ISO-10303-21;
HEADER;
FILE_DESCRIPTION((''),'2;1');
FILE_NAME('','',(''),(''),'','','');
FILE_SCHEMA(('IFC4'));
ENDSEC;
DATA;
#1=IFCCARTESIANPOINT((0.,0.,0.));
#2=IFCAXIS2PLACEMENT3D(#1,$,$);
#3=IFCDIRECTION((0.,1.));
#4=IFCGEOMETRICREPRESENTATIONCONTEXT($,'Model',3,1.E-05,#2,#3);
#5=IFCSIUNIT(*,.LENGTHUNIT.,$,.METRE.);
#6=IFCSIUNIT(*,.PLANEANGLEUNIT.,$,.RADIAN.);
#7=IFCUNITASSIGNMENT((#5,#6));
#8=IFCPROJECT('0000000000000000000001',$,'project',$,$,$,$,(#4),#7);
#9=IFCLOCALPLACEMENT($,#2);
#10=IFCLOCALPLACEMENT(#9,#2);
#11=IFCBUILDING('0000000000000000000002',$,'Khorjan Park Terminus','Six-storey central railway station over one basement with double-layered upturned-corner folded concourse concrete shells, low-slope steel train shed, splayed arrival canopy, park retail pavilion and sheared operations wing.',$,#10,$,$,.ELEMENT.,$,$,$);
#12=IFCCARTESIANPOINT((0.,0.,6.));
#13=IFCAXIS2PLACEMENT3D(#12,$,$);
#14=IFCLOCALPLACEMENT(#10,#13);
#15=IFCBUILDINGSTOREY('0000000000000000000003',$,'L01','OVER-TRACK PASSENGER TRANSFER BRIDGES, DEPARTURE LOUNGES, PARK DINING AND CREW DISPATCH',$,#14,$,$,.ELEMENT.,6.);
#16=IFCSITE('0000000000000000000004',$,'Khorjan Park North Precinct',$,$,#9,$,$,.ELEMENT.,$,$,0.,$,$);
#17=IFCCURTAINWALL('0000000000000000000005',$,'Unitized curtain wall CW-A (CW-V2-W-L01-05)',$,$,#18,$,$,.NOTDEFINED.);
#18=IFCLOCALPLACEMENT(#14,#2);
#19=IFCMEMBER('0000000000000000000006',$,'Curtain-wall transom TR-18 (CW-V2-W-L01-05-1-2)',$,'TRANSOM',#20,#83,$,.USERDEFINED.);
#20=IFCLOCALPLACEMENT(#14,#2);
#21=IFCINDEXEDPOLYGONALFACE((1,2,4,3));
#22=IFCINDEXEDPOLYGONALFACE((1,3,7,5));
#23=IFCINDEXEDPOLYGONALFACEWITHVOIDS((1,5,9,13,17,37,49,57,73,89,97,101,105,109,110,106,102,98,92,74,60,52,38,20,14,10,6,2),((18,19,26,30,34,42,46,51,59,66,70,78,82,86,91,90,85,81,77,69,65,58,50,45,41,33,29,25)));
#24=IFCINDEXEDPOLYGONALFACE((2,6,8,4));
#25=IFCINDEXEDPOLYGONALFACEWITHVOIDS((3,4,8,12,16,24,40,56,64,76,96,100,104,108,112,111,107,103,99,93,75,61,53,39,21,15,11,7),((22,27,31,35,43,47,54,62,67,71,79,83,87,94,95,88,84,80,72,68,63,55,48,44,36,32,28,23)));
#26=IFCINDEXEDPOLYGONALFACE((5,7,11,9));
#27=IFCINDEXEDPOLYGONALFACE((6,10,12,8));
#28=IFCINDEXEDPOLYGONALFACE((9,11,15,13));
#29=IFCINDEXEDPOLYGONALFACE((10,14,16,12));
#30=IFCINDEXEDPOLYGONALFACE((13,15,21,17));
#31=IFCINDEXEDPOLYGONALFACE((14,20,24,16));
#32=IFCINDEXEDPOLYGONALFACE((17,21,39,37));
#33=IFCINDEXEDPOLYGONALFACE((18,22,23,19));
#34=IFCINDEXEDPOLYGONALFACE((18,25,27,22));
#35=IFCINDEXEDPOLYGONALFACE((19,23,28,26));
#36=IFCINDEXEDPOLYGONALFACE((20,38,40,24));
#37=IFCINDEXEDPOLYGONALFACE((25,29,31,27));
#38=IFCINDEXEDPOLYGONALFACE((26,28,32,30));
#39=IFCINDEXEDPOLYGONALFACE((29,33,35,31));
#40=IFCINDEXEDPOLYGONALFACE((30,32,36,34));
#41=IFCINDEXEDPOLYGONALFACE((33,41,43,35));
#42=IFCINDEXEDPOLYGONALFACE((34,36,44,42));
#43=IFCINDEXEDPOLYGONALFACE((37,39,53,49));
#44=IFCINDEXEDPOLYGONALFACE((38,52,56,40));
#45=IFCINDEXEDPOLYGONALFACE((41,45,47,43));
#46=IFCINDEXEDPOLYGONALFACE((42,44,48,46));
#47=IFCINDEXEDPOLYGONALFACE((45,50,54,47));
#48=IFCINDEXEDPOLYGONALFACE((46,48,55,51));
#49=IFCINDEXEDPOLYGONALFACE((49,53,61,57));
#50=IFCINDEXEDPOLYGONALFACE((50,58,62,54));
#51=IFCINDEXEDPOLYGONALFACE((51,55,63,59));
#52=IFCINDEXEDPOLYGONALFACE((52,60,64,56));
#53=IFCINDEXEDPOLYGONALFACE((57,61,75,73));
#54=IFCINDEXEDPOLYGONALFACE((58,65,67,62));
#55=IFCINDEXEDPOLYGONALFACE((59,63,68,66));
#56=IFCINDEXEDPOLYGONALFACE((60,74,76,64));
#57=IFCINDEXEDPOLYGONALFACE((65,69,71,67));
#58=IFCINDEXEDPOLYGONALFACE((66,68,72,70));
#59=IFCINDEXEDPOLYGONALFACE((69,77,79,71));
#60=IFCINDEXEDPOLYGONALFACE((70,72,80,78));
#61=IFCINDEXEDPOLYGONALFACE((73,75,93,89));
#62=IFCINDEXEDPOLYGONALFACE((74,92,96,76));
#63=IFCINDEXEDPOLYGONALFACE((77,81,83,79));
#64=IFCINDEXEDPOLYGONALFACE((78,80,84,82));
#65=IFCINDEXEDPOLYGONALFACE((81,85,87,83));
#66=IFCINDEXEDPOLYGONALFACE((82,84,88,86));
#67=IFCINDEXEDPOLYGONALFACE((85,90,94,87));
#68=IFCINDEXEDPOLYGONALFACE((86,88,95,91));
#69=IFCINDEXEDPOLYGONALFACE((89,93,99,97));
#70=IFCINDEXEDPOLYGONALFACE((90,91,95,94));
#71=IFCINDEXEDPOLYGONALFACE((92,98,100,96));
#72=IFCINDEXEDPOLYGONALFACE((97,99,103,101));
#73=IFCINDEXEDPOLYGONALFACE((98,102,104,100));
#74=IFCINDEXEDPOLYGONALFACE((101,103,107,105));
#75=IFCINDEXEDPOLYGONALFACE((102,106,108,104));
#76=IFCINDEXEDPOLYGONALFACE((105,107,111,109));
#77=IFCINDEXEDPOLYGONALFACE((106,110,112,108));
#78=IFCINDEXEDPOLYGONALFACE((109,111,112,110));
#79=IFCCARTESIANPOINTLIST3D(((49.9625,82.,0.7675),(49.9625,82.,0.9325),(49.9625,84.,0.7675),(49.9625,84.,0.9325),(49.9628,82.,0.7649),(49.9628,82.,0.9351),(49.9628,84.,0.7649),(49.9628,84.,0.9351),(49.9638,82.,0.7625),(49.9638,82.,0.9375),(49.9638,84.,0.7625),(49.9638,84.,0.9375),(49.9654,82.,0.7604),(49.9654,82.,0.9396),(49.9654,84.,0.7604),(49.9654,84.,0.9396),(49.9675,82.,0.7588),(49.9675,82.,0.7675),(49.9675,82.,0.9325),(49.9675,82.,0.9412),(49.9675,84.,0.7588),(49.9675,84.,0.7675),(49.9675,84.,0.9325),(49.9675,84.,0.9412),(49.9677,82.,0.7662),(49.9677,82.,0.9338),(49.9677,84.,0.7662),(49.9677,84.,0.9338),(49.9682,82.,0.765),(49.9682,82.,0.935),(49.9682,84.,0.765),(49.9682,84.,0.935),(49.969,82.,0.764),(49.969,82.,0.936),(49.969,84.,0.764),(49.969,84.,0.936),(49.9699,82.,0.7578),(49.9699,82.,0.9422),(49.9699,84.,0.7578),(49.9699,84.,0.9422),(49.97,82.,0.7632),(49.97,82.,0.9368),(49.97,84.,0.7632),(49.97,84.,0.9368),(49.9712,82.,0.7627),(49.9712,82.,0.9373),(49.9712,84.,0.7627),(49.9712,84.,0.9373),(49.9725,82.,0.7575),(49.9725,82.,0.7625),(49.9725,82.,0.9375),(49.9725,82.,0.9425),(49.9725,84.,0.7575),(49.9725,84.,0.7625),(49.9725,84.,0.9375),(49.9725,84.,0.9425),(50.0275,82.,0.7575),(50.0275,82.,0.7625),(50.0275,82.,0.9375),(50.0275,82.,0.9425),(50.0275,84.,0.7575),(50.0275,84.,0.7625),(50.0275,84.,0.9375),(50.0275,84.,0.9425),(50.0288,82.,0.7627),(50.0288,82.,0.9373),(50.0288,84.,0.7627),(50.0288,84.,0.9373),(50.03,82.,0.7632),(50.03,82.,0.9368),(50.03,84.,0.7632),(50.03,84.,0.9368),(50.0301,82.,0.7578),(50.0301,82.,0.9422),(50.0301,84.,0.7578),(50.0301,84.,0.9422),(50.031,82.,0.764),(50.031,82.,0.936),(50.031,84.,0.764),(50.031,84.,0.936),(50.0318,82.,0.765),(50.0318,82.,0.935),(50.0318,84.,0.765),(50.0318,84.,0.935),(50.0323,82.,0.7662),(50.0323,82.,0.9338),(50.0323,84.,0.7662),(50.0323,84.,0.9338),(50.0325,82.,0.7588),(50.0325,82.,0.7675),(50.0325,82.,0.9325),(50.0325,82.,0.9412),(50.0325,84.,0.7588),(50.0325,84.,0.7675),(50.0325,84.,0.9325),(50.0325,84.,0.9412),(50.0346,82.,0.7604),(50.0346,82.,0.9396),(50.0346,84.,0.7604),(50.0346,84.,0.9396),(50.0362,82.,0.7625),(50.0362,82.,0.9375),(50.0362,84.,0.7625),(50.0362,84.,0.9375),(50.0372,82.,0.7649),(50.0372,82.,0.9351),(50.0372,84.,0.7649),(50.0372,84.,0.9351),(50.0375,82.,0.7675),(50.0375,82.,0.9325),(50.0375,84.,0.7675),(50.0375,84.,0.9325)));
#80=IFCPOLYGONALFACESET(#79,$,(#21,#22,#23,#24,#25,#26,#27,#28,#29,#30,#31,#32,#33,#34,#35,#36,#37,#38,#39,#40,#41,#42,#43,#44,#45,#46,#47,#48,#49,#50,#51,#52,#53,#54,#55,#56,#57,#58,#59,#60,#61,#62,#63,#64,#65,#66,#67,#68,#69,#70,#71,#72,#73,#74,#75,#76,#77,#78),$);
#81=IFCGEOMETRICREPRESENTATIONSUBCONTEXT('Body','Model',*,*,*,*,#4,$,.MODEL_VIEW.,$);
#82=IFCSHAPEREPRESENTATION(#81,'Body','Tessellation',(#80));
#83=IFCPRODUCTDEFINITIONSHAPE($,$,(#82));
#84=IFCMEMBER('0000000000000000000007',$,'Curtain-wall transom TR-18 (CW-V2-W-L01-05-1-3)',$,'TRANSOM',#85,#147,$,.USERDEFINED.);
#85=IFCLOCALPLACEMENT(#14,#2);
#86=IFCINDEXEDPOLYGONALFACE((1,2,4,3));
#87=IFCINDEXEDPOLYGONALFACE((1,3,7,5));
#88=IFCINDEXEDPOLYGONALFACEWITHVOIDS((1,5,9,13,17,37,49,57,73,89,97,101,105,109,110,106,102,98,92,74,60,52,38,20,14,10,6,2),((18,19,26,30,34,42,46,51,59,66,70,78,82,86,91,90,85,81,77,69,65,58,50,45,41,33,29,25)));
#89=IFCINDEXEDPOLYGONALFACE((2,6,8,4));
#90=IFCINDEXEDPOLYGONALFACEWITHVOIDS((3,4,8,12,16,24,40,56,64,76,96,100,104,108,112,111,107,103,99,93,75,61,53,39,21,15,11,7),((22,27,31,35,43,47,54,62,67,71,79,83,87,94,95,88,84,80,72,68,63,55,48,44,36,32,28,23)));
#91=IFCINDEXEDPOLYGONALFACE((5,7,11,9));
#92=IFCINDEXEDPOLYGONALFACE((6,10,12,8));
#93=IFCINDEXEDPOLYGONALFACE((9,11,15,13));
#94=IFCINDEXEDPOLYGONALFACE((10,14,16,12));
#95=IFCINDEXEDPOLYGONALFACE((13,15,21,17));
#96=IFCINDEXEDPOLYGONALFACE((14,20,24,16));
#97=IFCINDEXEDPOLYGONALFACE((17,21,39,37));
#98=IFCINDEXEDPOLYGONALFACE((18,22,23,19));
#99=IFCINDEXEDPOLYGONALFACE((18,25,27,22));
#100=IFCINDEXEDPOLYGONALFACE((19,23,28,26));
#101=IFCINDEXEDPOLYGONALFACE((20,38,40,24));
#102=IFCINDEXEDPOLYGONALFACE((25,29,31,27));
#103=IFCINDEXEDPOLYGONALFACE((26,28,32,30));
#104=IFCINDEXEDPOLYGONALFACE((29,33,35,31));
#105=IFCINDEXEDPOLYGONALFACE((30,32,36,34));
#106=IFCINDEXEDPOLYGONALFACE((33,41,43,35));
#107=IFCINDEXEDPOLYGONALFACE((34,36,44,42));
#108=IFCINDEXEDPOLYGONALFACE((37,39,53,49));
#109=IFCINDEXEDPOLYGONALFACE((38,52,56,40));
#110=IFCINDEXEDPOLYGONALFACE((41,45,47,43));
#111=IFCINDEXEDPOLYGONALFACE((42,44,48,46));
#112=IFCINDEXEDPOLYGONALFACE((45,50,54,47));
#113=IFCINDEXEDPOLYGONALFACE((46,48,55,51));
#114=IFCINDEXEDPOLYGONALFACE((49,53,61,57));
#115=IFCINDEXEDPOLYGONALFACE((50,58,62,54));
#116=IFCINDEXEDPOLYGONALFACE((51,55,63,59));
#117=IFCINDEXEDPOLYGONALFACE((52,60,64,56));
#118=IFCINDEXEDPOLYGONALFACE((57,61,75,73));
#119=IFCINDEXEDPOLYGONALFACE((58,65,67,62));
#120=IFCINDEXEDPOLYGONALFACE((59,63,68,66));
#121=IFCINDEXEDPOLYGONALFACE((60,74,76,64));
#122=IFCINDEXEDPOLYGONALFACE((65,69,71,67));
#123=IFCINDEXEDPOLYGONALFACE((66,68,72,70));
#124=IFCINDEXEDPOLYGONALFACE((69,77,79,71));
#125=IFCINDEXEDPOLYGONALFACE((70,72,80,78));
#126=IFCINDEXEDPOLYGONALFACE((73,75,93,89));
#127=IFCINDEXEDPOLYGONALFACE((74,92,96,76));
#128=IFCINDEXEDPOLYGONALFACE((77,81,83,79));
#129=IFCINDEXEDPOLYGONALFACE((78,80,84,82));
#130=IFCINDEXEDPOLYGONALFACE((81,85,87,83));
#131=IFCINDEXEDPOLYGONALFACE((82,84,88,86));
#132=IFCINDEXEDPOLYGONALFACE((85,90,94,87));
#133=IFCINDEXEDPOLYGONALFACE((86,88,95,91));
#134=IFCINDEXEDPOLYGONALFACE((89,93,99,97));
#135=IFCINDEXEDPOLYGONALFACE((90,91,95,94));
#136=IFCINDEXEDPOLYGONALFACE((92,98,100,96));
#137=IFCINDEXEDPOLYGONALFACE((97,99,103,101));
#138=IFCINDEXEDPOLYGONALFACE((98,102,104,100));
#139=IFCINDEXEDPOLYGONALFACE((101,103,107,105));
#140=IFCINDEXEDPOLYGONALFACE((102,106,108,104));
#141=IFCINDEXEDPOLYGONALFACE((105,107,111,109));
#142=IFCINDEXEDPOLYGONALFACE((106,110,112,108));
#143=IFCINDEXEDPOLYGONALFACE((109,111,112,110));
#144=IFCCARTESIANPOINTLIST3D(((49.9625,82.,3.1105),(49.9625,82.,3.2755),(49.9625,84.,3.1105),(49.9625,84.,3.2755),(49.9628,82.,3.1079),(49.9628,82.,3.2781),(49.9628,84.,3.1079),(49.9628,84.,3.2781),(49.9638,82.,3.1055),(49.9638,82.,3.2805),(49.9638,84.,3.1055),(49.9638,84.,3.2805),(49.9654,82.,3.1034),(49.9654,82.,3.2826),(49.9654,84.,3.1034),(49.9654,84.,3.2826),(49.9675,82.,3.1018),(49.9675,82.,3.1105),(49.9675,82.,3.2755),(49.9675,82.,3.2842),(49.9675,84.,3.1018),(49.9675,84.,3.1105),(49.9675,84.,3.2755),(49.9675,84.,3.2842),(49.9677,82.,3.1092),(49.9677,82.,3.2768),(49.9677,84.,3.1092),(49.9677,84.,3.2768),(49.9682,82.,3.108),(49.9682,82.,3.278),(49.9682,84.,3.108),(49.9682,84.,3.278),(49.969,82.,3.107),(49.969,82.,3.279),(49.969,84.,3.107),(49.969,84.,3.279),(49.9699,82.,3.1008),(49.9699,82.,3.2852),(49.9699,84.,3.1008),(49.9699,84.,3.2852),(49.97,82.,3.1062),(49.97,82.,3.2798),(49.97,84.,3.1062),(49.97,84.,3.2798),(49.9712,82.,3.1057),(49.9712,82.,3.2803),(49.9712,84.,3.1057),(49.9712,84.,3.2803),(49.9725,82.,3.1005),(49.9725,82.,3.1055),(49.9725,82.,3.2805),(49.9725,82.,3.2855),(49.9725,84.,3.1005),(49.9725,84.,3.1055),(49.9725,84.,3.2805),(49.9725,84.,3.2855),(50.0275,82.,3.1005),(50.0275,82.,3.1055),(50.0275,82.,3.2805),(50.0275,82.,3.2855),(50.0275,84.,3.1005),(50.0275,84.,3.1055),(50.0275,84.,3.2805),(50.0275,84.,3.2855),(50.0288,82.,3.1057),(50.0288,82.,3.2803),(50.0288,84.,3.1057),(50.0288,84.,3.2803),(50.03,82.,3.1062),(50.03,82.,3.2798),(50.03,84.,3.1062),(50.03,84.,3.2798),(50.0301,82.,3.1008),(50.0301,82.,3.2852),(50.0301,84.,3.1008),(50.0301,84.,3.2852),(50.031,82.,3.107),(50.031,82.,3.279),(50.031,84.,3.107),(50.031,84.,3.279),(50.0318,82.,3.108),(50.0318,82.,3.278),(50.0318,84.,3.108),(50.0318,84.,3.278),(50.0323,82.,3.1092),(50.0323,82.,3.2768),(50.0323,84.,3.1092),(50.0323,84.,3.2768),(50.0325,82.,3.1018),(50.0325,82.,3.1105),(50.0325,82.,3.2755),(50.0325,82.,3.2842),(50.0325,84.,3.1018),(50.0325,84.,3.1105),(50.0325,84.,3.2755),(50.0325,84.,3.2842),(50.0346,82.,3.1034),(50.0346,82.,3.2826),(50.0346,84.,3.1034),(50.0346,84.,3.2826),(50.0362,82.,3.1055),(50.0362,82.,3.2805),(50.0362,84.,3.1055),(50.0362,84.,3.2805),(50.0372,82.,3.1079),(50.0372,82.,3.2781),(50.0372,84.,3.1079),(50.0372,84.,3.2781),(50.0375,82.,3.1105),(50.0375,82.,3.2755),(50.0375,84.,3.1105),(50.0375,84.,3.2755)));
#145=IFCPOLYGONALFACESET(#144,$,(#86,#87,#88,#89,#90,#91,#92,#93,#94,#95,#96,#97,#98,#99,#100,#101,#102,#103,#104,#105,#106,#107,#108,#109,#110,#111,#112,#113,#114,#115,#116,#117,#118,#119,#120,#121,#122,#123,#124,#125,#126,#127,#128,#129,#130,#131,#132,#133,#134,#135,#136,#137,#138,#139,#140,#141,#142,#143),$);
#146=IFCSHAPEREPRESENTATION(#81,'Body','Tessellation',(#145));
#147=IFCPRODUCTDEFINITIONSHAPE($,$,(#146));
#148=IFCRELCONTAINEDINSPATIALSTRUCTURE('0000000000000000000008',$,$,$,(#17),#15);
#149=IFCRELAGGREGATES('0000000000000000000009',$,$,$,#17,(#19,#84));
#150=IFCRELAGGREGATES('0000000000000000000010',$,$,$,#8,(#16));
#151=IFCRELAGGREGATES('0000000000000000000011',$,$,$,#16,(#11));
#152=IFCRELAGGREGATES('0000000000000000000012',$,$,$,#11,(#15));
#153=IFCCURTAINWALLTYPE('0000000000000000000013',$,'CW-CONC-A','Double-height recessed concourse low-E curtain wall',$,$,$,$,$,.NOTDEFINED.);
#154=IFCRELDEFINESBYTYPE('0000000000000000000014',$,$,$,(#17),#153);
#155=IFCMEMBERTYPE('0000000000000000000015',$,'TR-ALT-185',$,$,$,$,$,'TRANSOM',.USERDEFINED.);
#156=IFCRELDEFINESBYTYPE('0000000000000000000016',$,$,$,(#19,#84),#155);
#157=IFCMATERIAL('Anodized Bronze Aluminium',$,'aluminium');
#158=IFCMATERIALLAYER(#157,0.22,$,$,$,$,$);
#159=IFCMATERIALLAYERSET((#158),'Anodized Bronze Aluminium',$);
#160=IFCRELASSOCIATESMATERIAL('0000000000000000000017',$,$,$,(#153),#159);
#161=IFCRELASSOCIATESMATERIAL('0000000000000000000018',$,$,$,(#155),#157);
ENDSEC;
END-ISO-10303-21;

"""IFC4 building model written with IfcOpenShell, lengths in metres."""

from ifc_helpers import new_model, si_unit, direction, frame, origin, origin_2d, place, context, subcontext, project, spatial, hollow_rectangle, extrude, material, layer, layer_set, material_profile, profile_set, type_object, element, aggregate, save


model = new_model("IFC4")

# Units and contexts
model_context = context("Model", 3, precision=1e-05, world=origin(), true_north=direction((0.0, 1.0)))
body_context = subcontext(model_context, "Body", "Model", "MODEL_VIEW")
ifc_project = project(units=[si_unit("LENGTHUNIT", "METRE"), si_unit("PLANEANGLEUNIT", "RADIAN")], contexts=[model_context])

# Site, building, storey
site_placement = place(None, origin())
site = spatial("IfcSite", under=ifc_project, at=site_placement, Name="Khorjan Park North Precinct", CompositionType="ELEMENT", RefElevation=0.0)
building_placement = place(site_placement, origin())
building = spatial("IfcBuilding", under=site, at=building_placement, Name="Khorjan Park Terminus", Description="Six-storey central railway station over one basement with double-layered upturned-corner folded concourse concrete shells, low-slope steel train shed, splayed arrival canopy, park retail pavilion and sheared operations wing.", CompositionType="ELEMENT")
storey_placement = place(building_placement, frame((0.0, 0.0, 6.0)))
storey = spatial("IfcBuildingStorey", under=building, at=storey_placement, Name="L01", Description="OVER-TRACK PASSENGER TRANSFER BRIDGES, DEPARTURE LOUNGES, PARK DINING AND CREW DISPATCH", CompositionType="ELEMENT", Elevation=6.0)

# Shared definitions
ifc_material_1 = material(Name="Anodized Bronze Aluminium", Category="aluminium")
ifc_layer_1 = layer(ifc_material_1, 0.22)
ifc_layer_set_1 = layer_set([ifc_layer_1], Name="Anodized Bronze Aluminium")
curtain_wall_type_1 = type_object("IfcCurtainWallType", Name="CW-CONC-A", Description="Double-height recessed concourse low-E curtain wall", PredefinedType="NOTDEFINED", material=ifc_layer_set_1)

# Curtain wall
curtain_wall_1_placement = place(storey_placement, origin())
curtain_wall_1 = element("IfcCurtainWall", 1, at=curtain_wall_1_placement, inside=storey, type_object=curtain_wall_type_1, Name="Unitized curtain wall CW-A (CW-V2-W-L01-05)", PredefinedType="NOTDEFINED")

# Members
ifc_material_profile_1 = material_profile(ifc_material_1, hollow_rectangle(XDim=0.075, YDim=0.185, WallThickness=0.005, InnerFilletRadius=0.005, OuterFilletRadius=0.01, at=origin_2d()), Name="ALT 75x185x5")
ifc_profile_set_1 = profile_set([ifc_material_profile_1], Name="Anodized Bronze Aluminium")
member_type_1 = type_object("IfcMemberType", Name="TR-ALT-185", ElementType="TRANSOM", PredefinedType="USERDEFINED", material=ifc_profile_set_1)
member_1_placement = place(storey_placement, frame((50.0, 84.0, 0.85), z_axis=(0.0, -1.0, 0.0), x_axis=(1.0, 0.0, 0.0)))
member_1 = element("IfcMember", 2, at=member_1_placement, type_object=member_type_1, Name="Curtain-wall transom TR-18 (CW-V2-W-L01-05-1-2)", ObjectType="TRANSOM", PredefinedType="USERDEFINED", context=body_context, shape_type="SweptSolid", body=[
    extrude(hollow_rectangle(XDim=0.075, YDim=0.185, WallThickness=0.005, InnerFilletRadius=0.005, OuterFilletRadius=0.01, at=origin_2d()), origin(), (0.0, 0.0, 1.0), 2.0),
])
member_2_placement = place(storey_placement, frame((50.0, 84.0, 3.193), z_axis=(0.0, -1.0, 0.0), x_axis=(1.0, 0.0, 0.0)))
member_2 = element("IfcMember", 3, at=member_2_placement, type_object=member_type_1, Name="Curtain-wall transom TR-18 (CW-V2-W-L01-05-1-3)", ObjectType="TRANSOM", PredefinedType="USERDEFINED", context=body_context, shape_type="SweptSolid", body=[
    extrude(hollow_rectangle(XDim=0.075, YDim=0.185, WallThickness=0.005, InnerFilletRadius=0.005, OuterFilletRadius=0.01, at=origin_2d()), origin(), (0.0, 0.0, 1.0), 2.0),
])

aggregate(curtain_wall_1, [member_1, member_2])

save(model, "model.ifc")
